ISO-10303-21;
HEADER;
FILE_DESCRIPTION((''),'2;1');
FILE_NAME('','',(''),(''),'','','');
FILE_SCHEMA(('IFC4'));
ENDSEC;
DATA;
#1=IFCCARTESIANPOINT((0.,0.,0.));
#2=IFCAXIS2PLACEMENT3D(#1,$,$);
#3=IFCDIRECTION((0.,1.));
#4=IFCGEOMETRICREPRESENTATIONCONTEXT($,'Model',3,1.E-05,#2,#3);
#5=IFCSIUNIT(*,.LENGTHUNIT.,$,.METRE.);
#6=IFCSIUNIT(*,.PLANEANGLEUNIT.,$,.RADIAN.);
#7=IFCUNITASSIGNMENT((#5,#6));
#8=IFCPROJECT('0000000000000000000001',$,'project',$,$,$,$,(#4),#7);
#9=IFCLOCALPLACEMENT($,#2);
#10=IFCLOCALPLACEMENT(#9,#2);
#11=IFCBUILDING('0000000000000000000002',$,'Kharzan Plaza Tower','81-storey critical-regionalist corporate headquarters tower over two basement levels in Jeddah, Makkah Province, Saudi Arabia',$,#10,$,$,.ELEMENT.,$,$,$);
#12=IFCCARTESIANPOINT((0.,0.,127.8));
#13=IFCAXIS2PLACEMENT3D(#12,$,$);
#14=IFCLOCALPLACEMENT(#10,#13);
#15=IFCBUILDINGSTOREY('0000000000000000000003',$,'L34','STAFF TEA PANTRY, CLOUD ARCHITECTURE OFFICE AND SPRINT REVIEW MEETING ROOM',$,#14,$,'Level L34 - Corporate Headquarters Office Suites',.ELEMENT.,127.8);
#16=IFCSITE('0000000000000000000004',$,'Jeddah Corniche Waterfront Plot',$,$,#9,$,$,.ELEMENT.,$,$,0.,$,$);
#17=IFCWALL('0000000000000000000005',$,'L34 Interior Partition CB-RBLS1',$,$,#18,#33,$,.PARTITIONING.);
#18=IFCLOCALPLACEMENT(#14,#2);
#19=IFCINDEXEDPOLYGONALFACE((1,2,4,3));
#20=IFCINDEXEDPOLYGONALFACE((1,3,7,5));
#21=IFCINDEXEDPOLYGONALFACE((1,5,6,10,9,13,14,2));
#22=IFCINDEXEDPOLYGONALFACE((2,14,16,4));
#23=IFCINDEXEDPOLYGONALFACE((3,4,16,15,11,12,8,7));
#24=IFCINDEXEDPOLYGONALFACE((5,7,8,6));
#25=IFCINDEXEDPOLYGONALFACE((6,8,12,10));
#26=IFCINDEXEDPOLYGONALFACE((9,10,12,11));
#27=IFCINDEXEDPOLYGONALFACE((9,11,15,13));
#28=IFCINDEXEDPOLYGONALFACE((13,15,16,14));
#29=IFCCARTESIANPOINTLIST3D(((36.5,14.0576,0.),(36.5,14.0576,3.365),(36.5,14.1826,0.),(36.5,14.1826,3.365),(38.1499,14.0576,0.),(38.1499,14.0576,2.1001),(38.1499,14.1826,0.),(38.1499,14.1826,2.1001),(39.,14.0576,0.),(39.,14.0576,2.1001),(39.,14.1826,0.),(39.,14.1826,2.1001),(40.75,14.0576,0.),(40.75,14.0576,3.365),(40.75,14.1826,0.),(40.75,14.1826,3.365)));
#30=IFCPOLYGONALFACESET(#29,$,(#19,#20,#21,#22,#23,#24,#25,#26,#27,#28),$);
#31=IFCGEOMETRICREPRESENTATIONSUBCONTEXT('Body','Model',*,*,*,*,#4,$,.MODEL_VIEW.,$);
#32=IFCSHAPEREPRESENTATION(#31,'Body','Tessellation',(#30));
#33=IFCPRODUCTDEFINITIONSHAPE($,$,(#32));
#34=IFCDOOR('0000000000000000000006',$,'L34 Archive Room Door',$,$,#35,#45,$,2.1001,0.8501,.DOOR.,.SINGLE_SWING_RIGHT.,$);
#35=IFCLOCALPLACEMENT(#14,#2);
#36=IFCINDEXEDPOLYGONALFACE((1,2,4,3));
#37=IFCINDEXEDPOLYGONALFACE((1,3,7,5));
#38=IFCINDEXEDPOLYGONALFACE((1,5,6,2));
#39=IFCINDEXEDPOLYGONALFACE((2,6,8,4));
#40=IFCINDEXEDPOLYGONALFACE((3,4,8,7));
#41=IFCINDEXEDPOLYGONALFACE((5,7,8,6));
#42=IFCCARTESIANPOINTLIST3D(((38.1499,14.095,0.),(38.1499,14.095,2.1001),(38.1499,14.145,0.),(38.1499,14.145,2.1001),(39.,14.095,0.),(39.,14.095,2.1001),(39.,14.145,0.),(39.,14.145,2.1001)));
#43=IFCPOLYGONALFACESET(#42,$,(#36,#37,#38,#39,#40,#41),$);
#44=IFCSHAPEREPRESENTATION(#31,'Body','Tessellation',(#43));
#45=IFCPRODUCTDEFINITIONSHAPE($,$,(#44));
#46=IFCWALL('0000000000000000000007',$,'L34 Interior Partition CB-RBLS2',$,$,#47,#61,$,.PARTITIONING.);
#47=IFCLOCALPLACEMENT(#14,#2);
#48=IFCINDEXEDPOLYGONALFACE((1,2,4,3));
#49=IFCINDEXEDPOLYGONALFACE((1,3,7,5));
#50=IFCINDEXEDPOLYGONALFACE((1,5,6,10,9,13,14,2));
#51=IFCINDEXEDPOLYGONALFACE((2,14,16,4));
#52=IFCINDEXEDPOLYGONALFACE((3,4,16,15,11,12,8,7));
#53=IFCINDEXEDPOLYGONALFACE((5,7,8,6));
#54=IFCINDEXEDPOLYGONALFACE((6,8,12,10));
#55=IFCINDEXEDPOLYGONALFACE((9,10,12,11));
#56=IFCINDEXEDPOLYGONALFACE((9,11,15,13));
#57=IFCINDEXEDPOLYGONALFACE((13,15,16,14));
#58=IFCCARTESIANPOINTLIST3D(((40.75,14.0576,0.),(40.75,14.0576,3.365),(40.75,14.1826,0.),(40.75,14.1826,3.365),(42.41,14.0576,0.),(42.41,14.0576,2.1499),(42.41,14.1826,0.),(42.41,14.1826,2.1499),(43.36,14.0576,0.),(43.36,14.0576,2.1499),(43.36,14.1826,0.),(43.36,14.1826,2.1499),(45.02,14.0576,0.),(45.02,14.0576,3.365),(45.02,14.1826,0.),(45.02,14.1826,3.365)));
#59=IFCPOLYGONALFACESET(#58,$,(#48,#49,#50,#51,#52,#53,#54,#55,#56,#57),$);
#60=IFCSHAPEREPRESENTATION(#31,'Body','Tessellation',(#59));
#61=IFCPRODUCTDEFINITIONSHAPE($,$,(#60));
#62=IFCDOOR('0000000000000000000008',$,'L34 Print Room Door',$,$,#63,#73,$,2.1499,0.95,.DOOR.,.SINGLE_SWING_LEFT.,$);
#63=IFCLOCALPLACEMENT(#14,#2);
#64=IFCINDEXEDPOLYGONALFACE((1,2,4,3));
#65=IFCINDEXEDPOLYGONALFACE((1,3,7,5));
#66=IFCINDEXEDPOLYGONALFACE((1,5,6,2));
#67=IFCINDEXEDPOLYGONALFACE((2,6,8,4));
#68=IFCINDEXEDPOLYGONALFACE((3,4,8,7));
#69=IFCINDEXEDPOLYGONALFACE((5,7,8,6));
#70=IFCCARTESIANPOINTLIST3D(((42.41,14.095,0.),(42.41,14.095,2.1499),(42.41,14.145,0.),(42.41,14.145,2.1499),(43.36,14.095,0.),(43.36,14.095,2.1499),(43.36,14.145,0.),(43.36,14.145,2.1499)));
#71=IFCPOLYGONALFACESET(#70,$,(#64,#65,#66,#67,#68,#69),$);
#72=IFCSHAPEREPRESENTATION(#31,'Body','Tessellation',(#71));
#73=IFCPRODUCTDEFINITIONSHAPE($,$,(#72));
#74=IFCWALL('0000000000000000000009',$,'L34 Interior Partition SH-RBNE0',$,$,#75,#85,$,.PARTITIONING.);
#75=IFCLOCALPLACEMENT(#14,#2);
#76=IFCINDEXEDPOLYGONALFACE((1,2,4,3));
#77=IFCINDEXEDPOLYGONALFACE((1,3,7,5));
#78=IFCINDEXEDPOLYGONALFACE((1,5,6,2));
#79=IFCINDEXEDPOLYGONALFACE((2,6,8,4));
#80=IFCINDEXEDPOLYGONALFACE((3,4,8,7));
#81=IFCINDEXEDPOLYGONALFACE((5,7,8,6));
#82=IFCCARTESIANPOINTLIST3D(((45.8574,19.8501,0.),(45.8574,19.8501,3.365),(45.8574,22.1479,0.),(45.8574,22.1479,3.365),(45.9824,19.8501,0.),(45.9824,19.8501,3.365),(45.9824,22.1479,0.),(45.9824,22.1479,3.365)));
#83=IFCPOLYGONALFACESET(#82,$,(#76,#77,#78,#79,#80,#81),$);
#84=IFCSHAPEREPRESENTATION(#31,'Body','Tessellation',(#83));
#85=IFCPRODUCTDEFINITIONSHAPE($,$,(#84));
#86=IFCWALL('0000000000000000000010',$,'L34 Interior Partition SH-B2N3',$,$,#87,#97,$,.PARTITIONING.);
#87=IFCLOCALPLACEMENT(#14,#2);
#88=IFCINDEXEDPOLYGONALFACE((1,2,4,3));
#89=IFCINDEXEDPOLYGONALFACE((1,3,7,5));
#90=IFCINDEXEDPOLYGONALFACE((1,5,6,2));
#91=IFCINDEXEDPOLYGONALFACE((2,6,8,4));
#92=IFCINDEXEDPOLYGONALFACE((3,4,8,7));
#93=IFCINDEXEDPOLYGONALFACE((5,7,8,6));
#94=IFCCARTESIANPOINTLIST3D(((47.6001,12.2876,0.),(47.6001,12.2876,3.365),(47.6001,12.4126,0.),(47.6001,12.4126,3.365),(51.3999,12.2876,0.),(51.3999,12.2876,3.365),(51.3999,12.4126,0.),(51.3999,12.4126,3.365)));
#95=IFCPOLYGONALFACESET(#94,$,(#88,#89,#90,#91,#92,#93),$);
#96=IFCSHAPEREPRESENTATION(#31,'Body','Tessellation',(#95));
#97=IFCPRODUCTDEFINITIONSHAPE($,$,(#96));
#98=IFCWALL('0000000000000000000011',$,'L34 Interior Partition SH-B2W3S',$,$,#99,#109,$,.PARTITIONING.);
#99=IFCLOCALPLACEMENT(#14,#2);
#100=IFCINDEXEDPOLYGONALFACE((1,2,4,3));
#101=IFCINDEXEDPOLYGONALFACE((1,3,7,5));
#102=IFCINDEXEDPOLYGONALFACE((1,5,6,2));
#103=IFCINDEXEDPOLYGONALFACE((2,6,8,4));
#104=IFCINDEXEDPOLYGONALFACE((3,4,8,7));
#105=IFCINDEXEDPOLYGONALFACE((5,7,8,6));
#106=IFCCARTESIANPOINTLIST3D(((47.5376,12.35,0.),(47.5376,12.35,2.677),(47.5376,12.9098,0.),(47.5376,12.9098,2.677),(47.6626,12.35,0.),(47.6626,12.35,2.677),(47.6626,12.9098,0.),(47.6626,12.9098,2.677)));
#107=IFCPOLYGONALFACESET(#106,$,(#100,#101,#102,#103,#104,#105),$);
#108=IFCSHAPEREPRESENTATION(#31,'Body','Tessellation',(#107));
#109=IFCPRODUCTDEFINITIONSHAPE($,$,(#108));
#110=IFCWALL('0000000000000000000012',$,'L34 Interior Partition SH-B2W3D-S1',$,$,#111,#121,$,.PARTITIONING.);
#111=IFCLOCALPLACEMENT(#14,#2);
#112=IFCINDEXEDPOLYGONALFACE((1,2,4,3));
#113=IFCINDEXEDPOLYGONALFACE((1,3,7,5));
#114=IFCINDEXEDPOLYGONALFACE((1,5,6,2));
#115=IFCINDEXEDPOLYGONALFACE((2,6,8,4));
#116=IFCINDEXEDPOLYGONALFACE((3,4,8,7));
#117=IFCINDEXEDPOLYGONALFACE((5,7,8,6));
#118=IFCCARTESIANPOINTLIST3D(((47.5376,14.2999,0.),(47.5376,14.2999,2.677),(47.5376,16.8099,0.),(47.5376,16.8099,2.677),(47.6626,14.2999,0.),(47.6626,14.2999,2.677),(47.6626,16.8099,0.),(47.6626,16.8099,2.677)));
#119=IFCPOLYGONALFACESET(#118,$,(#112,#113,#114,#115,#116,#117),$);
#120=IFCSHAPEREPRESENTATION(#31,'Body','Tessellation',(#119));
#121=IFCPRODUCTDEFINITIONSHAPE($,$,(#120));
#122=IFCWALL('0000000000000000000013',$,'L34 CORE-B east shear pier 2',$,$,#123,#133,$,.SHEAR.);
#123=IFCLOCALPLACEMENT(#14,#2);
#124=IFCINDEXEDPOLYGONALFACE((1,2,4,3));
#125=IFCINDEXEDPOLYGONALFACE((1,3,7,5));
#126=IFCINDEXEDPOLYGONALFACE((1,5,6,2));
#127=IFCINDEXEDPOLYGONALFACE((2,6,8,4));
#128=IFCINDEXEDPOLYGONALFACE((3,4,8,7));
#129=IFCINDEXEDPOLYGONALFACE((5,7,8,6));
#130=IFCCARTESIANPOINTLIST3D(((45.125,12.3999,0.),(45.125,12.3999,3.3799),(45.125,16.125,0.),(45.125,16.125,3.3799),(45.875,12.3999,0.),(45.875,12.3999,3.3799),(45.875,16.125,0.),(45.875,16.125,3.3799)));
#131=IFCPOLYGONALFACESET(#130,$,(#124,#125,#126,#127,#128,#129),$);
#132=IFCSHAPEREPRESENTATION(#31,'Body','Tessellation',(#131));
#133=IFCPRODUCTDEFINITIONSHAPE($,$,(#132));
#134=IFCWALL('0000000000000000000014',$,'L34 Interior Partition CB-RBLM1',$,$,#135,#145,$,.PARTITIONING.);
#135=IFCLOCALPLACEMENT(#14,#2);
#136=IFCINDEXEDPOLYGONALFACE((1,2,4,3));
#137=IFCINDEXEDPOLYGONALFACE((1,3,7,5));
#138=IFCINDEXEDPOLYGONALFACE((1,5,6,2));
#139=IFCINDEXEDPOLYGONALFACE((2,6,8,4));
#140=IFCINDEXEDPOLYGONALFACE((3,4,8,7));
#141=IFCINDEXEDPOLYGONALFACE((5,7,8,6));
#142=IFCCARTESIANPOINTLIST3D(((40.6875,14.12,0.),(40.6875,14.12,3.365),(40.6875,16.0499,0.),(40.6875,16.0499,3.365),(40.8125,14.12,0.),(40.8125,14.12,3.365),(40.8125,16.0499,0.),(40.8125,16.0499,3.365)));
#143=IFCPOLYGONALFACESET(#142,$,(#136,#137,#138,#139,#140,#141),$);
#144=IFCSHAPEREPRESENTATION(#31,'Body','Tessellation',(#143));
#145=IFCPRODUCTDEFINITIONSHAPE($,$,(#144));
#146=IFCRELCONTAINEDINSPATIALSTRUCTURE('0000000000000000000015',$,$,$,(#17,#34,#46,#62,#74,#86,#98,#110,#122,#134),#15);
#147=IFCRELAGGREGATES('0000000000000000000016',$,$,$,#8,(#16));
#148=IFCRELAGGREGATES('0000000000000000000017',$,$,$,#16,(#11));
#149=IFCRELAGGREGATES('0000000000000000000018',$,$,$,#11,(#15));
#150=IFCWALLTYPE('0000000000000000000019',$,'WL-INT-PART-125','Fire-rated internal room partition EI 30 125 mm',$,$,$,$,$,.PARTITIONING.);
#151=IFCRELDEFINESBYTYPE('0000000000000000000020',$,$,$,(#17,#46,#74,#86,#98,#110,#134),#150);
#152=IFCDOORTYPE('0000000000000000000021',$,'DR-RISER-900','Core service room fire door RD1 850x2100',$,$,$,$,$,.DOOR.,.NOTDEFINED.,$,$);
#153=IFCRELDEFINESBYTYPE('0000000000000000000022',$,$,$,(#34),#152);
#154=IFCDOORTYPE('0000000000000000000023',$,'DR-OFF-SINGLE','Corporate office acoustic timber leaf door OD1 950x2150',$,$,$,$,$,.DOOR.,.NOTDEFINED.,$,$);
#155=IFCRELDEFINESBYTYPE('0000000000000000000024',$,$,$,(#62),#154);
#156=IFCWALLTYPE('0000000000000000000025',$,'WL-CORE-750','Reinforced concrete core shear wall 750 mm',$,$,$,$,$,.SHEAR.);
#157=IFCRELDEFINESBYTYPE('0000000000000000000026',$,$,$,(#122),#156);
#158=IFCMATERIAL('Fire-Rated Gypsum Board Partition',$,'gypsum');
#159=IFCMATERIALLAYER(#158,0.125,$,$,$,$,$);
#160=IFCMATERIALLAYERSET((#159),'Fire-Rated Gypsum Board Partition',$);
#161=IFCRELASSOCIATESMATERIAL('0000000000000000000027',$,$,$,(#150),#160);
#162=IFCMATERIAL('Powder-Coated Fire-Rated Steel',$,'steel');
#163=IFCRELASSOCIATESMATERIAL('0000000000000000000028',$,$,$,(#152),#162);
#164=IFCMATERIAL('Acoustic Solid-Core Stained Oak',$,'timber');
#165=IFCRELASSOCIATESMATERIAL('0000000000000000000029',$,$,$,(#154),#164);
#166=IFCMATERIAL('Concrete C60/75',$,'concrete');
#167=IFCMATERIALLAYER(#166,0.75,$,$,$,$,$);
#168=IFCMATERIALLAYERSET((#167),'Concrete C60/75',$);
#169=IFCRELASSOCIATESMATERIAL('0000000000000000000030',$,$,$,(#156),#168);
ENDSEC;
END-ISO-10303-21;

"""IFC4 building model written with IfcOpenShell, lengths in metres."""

from ifc_helpers import new_model, si_unit, direction, frame, frame_2d, origin, place, context, subcontext, project, spatial, rectangle, extrude, source, transform, mapped, material, layer, layer_set, type_object, element, fill, save


model = new_model("IFC4")

# Units and contexts
model_context = context("Model", 3, precision=1e-05, world=origin(), true_north=direction((0.0, 1.0)))
body_context = subcontext(model_context, "Body", "Model", "MODEL_VIEW")
ifc_project = project(units=[si_unit("LENGTHUNIT", "METRE"), si_unit("PLANEANGLEUNIT", "RADIAN")], contexts=[model_context])

# Site, building, storey
site_placement = place(None, origin())
site = spatial("IfcSite", under=ifc_project, at=site_placement, Name="Jeddah Corniche Waterfront Plot", CompositionType="ELEMENT", RefElevation=0.0)
building_placement = place(site_placement, origin())
building = spatial("IfcBuilding", under=site, at=building_placement, Name="Kharzan Plaza Tower", Description="81-storey critical-regionalist corporate headquarters tower over two basement levels in Jeddah, Makkah Province, Saudi Arabia", CompositionType="ELEMENT")
storey_placement = place(building_placement, frame((0.0, 0.0, 127.8)))
storey = spatial("IfcBuildingStorey", under=building, at=storey_placement, Name="L34", Description="STAFF TEA PANTRY, CLOUD ARCHITECTURE OFFICE AND SPRINT REVIEW MEETING ROOM", LongName="Level L34 - Corporate Headquarters Office Suites", CompositionType="ELEMENT", Elevation=127.8)

# Shared definitions
ifc_material_1 = material(Name="Concrete C60/75", Category="concrete")

# Walls, openings, doors
ifc_material_2 = material(Name="Fire-Rated Gypsum Board Partition", Category="gypsum")
ifc_layer_1 = layer(ifc_material_2, 0.125)
ifc_layer_set_1 = layer_set([ifc_layer_1], Name="Fire-Rated Gypsum Board Partition")
wall_type_1 = type_object("IfcWallType", Name="WL-INT-PART-125", Description="Fire-rated internal room partition EI 30 125 mm", PredefinedType="PARTITIONING", material=ifc_layer_set_1)
wall_1_placement = place(storey_placement, frame((36.5, 14.1201, 0.0), z_axis=(0.0, 0.0, 1.0), x_axis=(1.0, 0.0, 0.0)))
wall_1 = element("IfcWall", 1, at=wall_1_placement, inside=storey, type_object=wall_type_1, Name="L34 Interior Partition CB-RBLS1", PredefinedType="PARTITIONING", context=body_context, shape_type="SweptSolid", body=[
    extrude(rectangle(XDim=4.25, YDim=0.125, at=frame_2d((2.125, 0.0))), origin(), (0.0, 0.0, 1.0), 3.365),
])
opening_1_placement = place(wall_1_placement, frame((1.6499, 0.0, 0.0)))
opening_1 = element("IfcOpeningElement", 2, at=opening_1_placement, cuts=wall_1, PredefinedType="OPENING", context=body_context, shape_type="SweptSolid", body=[
    extrude(rectangle(XDim=0.8501, YDim=2.1001, at=frame_2d((0.425, 1.05))), frame((0.0, 0.0725, 0.0), z_axis=(0.0, -1.0, 0.0), x_axis=(1.0, 0.0, 0.0)), (0.0, 0.0, 1.0), 0.145),
])
ifc_material_3 = material(Name="Powder-Coated Fire-Rated Steel", Category="steel")
door_type_1 = type_object("IfcDoorType", Name="DR-RISER-900", Description="Core service room fire door RD1 850x2100", OperationType="NOTDEFINED", PredefinedType="DOOR", material=ifc_material_3)
shared_shape_1 = source(origin(), body_context, "Body", "SweptSolid", [
    extrude(rectangle(XDim=0.8501, YDim=2.1001, at=frame_2d((0.425, 1.05))), frame((0.0, 0.0249, 0.0), z_axis=(0.0, -1.0, 0.0), x_axis=(1.0, 0.0, 0.0)), (0.0, 0.0, 1.0), 0.05),
])
door_1_placement = place(opening_1_placement, origin())
door_1 = element("IfcDoor", 3, at=door_1_placement, inside=storey, type_object=door_type_1, Name="L34 Archive Room Door", OperationType="SINGLE_SWING_RIGHT", OverallHeight=2.1001, OverallWidth=0.8501, PredefinedType="DOOR", context=body_context, shape_type="MappedRepresentation", body=[
    mapped(shared_shape_1, transform((0.0, 0.0, 0.0), x_axis=(1.0, 0.0, 0.0), y_axis=(0.0, 1.0, 0.0), z_axis=(0.0, 0.0, 1.0))),
])
fill(opening_1, door_1)
wall_2_placement = place(storey_placement, frame((40.75, 14.1201, 0.0), z_axis=(0.0, 0.0, 1.0), x_axis=(1.0, 0.0, 0.0)))
wall_2 = element("IfcWall", 4, at=wall_2_placement, inside=storey, type_object=wall_type_1, Name="L34 Interior Partition CB-RBLS2", PredefinedType="PARTITIONING", context=body_context, shape_type="SweptSolid", body=[
    extrude(rectangle(XDim=4.27, YDim=0.125, at=frame_2d((2.135, 0.0))), origin(), (0.0, 0.0, 1.0), 3.365),
])
opening_2_placement = place(wall_2_placement, frame((1.6599, 0.0, 0.0)))
opening_2 = element("IfcOpeningElement", 5, at=opening_2_placement, cuts=wall_2, PredefinedType="OPENING", context=body_context, shape_type="SweptSolid", body=[
    extrude(rectangle(XDim=0.95, YDim=2.1499, at=frame_2d((0.4751, 1.075))), frame((0.0, 0.0725, 0.0), z_axis=(0.0, -1.0, 0.0), x_axis=(1.0, 0.0, 0.0)), (0.0, 0.0, 1.0), 0.145),
])
ifc_material_4 = material(Name="Acoustic Solid-Core Stained Oak", Category="timber")
door_type_2 = type_object("IfcDoorType", Name="DR-OFF-SINGLE", Description="Corporate office acoustic timber leaf door OD1 950x2150", OperationType="NOTDEFINED", PredefinedType="DOOR", material=ifc_material_4)
shared_shape_2 = source(origin(), body_context, "Body", "SweptSolid", [
    extrude(rectangle(XDim=0.95, YDim=2.1499, at=frame_2d((0.4751, 1.075))), frame((0.0, 0.0249, 0.0), z_axis=(0.0, -1.0, 0.0), x_axis=(1.0, 0.0, 0.0)), (0.0, 0.0, 1.0), 0.05),
])
door_2_placement = place(opening_2_placement, origin())
door_2 = element("IfcDoor", 6, at=door_2_placement, inside=storey, type_object=door_type_2, Name="L34 Print Room Door", OperationType="SINGLE_SWING_LEFT", OverallHeight=2.1499, OverallWidth=0.95, PredefinedType="DOOR", context=body_context, shape_type="MappedRepresentation", body=[
    mapped(shared_shape_2, transform((0.0, 0.0, 0.0), x_axis=(1.0, 0.0, 0.0), y_axis=(0.0, 1.0, 0.0), z_axis=(0.0, 0.0, 1.0))),
])
fill(opening_2, door_2)

# Walls
shared_shape_3 = source(origin(), body_context, "Body", "SweptSolid", [
    extrude(rectangle(XDim=2.2979, YDim=0.125, at=frame_2d((1.1489, 0.0))), origin(), (0.0, 0.0, 1.0), 3.365),
])
wall_3_placement = place(storey_placement, frame((45.9199, 19.8501, 0.0), z_axis=(0.0, 0.0, 1.0), x_axis=(0.0, 1.0, 0.0)))
element("IfcWall", 7, at=wall_3_placement, inside=storey, type_object=wall_type_1, Name="L34 Interior Partition SH-RBNE0", PredefinedType="PARTITIONING", context=body_context, shape_type="MappedRepresentation", body=[
    mapped(shared_shape_3, transform((0.0, 0.0, 0.0), x_axis=(1.0, 0.0, 0.0), y_axis=(0.0, 1.0, 0.0), z_axis=(0.0, 0.0, 1.0))),
])
shared_shape_4 = source(origin(), body_context, "Body", "SweptSolid", [
    extrude(rectangle(XDim=3.7998, YDim=0.125, at=frame_2d((1.8999, 0.0))), origin(), (0.0, 0.0, 1.0), 3.365),
])
wall_4_placement = place(storey_placement, frame((47.6001, 12.3501, 0.0), z_axis=(0.0, 0.0, 1.0), x_axis=(1.0, 0.0, 0.0)))
element("IfcWall", 8, at=wall_4_placement, inside=storey, type_object=wall_type_1, Name="L34 Interior Partition SH-B2N3", PredefinedType="PARTITIONING", context=body_context, shape_type="MappedRepresentation", body=[
    mapped(shared_shape_4, transform((0.0, 0.0, 0.0), x_axis=(1.0, 0.0, 0.0), y_axis=(0.0, 1.0, 0.0), z_axis=(0.0, 0.0, 1.0))),
])
shared_shape_5 = source(origin(), body_context, "Body", "SweptSolid", [
    extrude(rectangle(XDim=0.5598, YDim=0.125, at=frame_2d((0.2798, 0.0))), origin(), (0.0, 0.0, 1.0), 2.677),
])
wall_5_placement = place(storey_placement, frame((47.6001, 12.3501, 0.0), z_axis=(0.0, 0.0, 1.0), x_axis=(0.0, 1.0, 0.0)))
element("IfcWall", 9, at=wall_5_placement, inside=storey, type_object=wall_type_1, Name="L34 Interior Partition SH-B2W3S", PredefinedType="PARTITIONING", context=body_context, shape_type="MappedRepresentation", body=[
    mapped(shared_shape_5, transform((0.0, 0.0, 0.0), x_axis=(1.0, 0.0, 0.0), y_axis=(0.0, 1.0, 0.0), z_axis=(0.0, 0.0, 1.0))),
])
shared_shape_6 = source(origin(), body_context, "Body", "SweptSolid", [
    extrude(rectangle(XDim=2.51, YDim=0.125, at=frame_2d((1.2549, 0.0))), origin(), (0.0, 0.0, 1.0), 2.677),
])
wall_6_placement = place(storey_placement, frame((47.6001, 14.3, 0.0), z_axis=(0.0, 0.0, 1.0), x_axis=(0.0, 1.0, 0.0)))
element("IfcWall", 10, at=wall_6_placement, inside=storey, type_object=wall_type_1, Name="L34 Interior Partition SH-B2W3D-S1", PredefinedType="PARTITIONING", context=body_context, shape_type="MappedRepresentation", body=[
    mapped(shared_shape_6, transform((0.0, 0.0, 0.0), x_axis=(1.0, 0.0, 0.0), y_axis=(0.0, 1.0, 0.0), z_axis=(0.0, 0.0, 1.0))),
])
ifc_layer_2 = layer(ifc_material_1, 0.75)
ifc_layer_set_2 = layer_set([ifc_layer_2], Name="Concrete C60/75")
wall_type_2 = type_object("IfcWallType", Name="WL-CORE-750", Description="Reinforced concrete core shear wall 750 mm", PredefinedType="SHEAR", material=ifc_layer_set_2)
shared_shape_7 = source(origin(), body_context, "Body", "SweptSolid", [
    extrude(rectangle(XDim=3.7251, YDim=0.75, at=frame_2d((1.8625, 0.0))), origin(), (0.0, 0.0, 1.0), 3.3799),
])
wall_7_placement = place(storey_placement, frame((45.5, 12.3999, 0.0), z_axis=(0.0, 0.0, 1.0), x_axis=(0.0, 1.0, 0.0)))
element("IfcWall", 11, at=wall_7_placement, inside=storey, type_object=wall_type_2, Name="L34 CORE-B east shear pier 2", PredefinedType="SHEAR", context=body_context, shape_type="MappedRepresentation", body=[
    mapped(shared_shape_7, transform((0.0, 0.0, 0.0), x_axis=(1.0, 0.0, 0.0), y_axis=(0.0, 1.0, 0.0), z_axis=(0.0, 0.0, 1.0))),
])
shared_shape_8 = source(origin(), body_context, "Body", "SweptSolid", [
    extrude(rectangle(XDim=1.9299, YDim=0.125, at=frame_2d((0.9648, 0.0))), origin(), (0.0, 0.0, 1.0), 3.365),
])
wall_8_placement = place(storey_placement, frame((40.75, 14.1201, 0.0), z_axis=(0.0, 0.0, 1.0), x_axis=(0.0, 1.0, 0.0)))
element("IfcWall", 12, at=wall_8_placement, inside=storey, type_object=wall_type_1, Name="L34 Interior Partition CB-RBLM1", PredefinedType="PARTITIONING", context=body_context, shape_type="MappedRepresentation", body=[
    mapped(shared_shape_8, transform((0.0, 0.0, 0.0), x_axis=(1.0, 0.0, 0.0), y_axis=(0.0, 1.0, 0.0), z_axis=(0.0, 0.0, 1.0))),
])

save(model, "model.ifc")
